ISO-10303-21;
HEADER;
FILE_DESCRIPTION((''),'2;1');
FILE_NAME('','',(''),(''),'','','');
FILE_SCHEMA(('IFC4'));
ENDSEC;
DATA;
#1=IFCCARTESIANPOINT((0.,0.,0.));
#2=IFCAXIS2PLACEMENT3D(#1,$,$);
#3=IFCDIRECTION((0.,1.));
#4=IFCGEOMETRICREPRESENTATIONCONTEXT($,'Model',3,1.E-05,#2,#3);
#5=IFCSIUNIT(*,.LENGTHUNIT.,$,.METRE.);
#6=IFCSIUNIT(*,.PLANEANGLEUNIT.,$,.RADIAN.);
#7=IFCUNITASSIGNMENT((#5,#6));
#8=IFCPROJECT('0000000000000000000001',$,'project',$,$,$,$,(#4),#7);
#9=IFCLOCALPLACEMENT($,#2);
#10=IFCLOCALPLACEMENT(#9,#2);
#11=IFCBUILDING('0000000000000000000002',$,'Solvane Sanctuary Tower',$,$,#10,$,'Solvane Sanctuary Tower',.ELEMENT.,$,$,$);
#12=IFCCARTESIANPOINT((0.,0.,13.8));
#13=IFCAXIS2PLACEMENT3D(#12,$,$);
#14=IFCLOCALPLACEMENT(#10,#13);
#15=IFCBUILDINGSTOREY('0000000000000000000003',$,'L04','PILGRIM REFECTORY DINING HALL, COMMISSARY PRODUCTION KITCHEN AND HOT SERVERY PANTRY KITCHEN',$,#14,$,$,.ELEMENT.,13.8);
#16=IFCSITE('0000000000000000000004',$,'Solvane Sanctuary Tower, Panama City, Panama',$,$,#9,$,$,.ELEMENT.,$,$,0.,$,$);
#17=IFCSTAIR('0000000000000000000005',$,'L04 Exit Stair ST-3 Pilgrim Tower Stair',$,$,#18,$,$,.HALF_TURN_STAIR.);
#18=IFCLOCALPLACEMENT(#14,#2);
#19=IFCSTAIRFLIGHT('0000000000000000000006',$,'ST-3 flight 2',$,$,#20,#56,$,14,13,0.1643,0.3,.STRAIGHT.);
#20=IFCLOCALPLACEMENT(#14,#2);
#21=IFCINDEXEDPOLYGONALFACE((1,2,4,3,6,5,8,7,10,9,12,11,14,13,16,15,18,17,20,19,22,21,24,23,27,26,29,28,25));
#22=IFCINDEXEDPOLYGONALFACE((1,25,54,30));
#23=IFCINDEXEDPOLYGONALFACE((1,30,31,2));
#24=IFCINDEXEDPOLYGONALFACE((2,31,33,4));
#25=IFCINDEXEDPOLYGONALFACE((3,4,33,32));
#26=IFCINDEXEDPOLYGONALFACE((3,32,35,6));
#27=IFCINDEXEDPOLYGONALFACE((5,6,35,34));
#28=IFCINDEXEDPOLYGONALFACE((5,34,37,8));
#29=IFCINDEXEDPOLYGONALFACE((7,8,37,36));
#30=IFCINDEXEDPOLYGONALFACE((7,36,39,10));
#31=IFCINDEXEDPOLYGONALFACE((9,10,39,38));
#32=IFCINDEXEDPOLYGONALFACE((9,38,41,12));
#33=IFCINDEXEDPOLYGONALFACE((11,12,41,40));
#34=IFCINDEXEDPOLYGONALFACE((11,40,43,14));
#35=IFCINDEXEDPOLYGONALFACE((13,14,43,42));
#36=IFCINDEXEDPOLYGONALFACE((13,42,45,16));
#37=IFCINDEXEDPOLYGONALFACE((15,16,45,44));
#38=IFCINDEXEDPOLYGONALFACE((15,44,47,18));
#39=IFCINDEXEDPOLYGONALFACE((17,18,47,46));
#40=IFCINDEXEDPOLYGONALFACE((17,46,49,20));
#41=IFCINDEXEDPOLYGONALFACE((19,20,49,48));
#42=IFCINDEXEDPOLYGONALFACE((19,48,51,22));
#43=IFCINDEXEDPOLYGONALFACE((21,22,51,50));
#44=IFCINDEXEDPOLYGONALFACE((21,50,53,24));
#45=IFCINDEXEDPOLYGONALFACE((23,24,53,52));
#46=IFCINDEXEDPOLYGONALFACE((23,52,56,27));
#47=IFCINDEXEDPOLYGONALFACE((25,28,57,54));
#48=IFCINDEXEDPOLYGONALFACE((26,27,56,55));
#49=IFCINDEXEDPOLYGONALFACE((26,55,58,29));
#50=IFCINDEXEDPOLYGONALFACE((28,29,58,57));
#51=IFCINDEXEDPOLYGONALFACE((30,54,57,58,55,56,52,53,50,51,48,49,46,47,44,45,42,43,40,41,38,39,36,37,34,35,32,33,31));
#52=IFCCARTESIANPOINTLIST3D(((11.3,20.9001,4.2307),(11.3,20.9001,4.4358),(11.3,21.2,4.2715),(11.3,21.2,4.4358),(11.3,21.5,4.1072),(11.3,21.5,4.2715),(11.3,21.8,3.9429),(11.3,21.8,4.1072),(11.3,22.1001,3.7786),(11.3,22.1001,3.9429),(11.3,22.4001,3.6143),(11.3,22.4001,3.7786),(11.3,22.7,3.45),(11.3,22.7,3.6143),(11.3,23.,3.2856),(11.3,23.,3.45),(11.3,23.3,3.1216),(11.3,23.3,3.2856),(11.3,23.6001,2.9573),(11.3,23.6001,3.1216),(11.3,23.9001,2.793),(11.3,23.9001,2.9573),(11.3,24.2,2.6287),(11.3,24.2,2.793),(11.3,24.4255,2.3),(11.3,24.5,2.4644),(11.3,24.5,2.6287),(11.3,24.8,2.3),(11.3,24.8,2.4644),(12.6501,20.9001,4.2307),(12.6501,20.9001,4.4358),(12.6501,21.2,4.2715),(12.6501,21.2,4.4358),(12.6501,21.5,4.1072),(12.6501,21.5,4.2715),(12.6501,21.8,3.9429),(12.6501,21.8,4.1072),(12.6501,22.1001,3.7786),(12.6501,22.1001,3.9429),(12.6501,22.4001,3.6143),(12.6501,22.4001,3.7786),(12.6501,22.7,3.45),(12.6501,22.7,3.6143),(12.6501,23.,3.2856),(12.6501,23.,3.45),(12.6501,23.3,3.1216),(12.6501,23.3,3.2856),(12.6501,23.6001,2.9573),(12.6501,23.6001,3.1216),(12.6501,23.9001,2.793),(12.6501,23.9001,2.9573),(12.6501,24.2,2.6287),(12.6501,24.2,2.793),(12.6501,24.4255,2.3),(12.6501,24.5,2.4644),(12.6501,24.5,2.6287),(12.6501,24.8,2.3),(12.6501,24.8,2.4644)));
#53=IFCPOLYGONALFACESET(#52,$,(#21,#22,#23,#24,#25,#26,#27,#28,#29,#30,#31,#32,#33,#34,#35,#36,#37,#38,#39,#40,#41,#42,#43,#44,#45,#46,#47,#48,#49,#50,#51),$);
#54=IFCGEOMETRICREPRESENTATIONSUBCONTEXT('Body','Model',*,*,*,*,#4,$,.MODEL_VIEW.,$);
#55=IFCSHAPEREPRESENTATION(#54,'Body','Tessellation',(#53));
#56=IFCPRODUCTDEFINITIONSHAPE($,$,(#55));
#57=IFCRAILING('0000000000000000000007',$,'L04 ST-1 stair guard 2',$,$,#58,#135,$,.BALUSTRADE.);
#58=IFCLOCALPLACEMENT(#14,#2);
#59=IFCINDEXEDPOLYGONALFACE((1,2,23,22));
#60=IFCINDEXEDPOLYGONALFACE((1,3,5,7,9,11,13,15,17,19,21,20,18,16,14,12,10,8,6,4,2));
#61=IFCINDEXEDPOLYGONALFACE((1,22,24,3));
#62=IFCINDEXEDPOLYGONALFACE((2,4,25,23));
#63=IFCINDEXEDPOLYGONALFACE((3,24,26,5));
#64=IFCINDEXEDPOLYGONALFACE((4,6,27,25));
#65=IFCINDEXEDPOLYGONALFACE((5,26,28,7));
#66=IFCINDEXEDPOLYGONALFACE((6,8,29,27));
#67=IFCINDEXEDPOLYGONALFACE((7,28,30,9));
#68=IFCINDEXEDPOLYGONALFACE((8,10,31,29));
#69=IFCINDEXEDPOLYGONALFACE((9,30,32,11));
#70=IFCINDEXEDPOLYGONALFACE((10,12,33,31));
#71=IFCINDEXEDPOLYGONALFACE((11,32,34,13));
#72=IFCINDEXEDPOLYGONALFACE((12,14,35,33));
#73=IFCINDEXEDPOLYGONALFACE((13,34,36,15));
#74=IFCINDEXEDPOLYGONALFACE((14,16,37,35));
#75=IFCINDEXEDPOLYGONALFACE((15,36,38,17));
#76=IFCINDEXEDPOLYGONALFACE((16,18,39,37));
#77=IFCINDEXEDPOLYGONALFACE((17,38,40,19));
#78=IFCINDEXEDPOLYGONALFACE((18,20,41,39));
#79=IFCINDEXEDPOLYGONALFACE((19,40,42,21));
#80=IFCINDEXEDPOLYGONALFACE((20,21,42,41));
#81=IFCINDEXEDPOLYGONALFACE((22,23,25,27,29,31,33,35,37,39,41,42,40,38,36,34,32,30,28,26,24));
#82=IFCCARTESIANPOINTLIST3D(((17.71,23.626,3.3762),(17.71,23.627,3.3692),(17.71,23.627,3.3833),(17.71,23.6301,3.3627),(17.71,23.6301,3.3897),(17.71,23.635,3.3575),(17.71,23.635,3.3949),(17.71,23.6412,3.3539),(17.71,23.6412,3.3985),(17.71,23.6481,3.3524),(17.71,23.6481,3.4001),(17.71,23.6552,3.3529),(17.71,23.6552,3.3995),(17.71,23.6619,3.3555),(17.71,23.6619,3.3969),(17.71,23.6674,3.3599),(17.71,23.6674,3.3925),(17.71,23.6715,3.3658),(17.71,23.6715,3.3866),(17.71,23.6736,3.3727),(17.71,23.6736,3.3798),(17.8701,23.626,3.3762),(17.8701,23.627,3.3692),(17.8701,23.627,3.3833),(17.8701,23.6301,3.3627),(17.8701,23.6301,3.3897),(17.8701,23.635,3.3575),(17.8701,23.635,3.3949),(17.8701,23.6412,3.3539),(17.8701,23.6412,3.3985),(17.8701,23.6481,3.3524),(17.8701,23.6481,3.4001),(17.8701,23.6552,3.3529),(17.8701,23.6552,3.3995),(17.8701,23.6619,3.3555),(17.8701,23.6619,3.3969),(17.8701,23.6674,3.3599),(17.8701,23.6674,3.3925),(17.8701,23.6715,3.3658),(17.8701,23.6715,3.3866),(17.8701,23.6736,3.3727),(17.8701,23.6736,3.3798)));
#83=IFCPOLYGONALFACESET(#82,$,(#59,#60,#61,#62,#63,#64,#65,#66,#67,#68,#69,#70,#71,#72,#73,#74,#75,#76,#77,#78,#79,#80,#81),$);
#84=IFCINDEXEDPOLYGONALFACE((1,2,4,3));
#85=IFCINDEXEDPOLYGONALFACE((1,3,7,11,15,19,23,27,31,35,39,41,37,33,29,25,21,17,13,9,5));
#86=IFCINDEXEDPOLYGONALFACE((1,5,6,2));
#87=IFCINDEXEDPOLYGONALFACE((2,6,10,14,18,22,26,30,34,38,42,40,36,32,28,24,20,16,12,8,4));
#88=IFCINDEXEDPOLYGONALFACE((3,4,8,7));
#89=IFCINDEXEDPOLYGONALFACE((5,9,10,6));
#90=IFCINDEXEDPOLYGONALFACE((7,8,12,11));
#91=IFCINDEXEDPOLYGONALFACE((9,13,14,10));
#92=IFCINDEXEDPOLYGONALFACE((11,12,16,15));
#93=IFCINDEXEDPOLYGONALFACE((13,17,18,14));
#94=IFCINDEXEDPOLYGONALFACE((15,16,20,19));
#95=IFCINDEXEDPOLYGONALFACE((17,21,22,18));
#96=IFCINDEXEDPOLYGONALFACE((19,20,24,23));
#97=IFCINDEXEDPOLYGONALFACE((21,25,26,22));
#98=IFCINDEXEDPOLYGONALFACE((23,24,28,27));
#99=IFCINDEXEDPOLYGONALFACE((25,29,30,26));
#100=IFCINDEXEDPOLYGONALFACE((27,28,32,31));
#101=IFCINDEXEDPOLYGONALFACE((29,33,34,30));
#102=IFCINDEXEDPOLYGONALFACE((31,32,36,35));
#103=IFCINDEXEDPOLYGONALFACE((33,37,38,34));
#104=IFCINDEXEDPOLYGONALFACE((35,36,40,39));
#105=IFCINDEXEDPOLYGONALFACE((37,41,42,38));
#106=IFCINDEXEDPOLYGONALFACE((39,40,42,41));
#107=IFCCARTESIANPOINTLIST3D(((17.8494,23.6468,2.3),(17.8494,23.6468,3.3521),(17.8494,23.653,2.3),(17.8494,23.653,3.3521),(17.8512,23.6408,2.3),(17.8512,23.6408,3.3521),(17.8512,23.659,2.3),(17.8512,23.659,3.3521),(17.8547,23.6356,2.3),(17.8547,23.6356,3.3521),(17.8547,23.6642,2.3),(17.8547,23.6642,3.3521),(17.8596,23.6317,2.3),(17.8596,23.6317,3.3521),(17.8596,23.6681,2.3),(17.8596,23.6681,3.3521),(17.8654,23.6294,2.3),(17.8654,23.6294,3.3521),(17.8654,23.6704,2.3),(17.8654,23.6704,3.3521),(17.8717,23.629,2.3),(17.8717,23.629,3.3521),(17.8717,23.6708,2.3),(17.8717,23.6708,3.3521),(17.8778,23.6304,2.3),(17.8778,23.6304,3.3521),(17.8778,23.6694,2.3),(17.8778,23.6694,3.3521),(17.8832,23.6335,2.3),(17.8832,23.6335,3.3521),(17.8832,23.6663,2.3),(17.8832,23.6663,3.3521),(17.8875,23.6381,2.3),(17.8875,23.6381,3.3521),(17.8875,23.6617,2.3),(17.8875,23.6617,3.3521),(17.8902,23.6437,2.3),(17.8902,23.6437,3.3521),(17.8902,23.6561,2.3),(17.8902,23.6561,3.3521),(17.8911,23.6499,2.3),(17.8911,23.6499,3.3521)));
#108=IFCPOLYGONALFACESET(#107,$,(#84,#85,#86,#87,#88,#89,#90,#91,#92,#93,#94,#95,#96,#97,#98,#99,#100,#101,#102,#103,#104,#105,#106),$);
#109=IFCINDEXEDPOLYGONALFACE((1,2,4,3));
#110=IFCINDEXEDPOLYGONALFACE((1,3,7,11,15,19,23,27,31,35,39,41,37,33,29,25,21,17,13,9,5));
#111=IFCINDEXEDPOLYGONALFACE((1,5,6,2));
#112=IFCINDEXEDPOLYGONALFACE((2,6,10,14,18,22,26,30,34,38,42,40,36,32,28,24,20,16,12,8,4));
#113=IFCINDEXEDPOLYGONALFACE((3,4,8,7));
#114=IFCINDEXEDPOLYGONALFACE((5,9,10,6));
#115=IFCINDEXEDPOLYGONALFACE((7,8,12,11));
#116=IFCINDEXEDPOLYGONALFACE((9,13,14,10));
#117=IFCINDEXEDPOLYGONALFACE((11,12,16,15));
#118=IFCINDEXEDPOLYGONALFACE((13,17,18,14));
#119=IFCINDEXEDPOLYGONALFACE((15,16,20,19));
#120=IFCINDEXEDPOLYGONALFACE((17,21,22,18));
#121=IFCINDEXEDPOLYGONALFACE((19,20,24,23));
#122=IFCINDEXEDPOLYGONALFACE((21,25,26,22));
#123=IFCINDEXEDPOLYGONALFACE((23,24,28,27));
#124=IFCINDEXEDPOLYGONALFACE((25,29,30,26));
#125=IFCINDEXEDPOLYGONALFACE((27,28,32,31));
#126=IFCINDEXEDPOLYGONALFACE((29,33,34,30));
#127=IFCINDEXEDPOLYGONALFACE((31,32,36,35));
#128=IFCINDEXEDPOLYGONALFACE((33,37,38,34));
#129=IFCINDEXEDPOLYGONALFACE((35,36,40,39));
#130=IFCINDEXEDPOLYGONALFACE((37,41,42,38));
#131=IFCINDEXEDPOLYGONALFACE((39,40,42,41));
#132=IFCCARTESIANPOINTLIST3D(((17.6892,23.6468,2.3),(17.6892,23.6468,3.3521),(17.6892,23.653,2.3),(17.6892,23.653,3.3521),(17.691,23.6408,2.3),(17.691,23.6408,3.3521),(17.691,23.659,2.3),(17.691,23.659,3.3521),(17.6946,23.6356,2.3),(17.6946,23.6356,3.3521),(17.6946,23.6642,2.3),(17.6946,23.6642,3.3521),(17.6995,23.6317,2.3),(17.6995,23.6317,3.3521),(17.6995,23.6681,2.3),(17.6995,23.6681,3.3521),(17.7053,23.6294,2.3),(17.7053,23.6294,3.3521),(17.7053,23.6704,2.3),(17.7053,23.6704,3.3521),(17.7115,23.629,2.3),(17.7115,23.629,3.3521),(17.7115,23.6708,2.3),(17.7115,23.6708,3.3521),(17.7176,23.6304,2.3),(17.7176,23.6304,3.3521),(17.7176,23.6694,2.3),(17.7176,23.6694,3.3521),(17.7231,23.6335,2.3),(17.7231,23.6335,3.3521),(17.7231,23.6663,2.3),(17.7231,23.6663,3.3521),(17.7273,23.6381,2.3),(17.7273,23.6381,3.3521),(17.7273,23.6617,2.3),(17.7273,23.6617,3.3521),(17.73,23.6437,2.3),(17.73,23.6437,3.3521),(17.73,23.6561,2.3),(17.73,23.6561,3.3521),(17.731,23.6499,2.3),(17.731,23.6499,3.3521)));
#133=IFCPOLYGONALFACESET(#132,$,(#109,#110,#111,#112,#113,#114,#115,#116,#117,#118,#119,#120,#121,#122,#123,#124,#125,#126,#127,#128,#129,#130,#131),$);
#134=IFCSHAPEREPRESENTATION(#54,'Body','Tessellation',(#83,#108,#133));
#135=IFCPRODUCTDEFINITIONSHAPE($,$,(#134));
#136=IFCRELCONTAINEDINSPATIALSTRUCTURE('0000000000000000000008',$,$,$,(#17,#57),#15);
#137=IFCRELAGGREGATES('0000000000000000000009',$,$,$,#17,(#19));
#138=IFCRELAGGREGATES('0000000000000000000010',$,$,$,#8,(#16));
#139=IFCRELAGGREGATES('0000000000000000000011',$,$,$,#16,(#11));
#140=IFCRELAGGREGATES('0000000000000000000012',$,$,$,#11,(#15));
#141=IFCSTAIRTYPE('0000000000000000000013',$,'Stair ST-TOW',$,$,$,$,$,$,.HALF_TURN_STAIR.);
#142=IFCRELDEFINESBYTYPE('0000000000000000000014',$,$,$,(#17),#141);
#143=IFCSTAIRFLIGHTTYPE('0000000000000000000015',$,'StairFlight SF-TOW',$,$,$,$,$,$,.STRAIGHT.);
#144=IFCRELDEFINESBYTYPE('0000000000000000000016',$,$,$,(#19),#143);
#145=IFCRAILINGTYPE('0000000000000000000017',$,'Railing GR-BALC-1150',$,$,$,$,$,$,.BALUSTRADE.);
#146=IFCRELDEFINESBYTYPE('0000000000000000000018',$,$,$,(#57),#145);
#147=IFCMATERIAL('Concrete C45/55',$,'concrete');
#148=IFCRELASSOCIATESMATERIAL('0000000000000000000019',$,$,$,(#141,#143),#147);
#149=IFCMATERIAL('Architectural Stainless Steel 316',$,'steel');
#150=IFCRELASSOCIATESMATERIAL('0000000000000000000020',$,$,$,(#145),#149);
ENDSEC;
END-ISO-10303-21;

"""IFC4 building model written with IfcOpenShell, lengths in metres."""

from ifc_helpers import new_model, si_unit, direction, frame, origin, origin_2d, place, context, subcontext, project, spatial, polyline, circle, outline, extrude, material, type_object, element, aggregate, save


model = new_model("IFC4")

# Units and contexts
model_context = context("Model", 3, precision=1e-05, world=origin(), true_north=direction((0.0, 1.0)))
body_context = subcontext(model_context, "Body", "Model", "MODEL_VIEW")
ifc_project = project(units=[si_unit("LENGTHUNIT", "METRE"), si_unit("PLANEANGLEUNIT", "RADIAN")], contexts=[model_context])

# Site, building, storey
site_placement = place(None, origin())
site = spatial("IfcSite", under=ifc_project, at=site_placement, Name="Solvane Sanctuary Tower, Panama City, Panama", CompositionType="ELEMENT", RefElevation=0.0)
building_placement = place(site_placement, origin())
building = spatial("IfcBuilding", under=site, at=building_placement, Name="Solvane Sanctuary Tower", LongName="Solvane Sanctuary Tower", CompositionType="ELEMENT")
storey_placement = place(building_placement, frame((0.0, 0.0, 13.8)))
storey = spatial("IfcBuildingStorey", under=building, at=storey_placement, Name="L04", Description="PILGRIM REFECTORY DINING HALL, COMMISSARY PRODUCTION KITCHEN AND HOT SERVERY PANTRY KITCHEN", CompositionType="ELEMENT", Elevation=13.8)

# Shared definitions
ifc_material_1 = material(Name="Concrete C45/55", Category="concrete")
stair_type = type_object("IfcStairType", Name="Stair ST-TOW", PredefinedType="HALF_TURN_STAIR", material=ifc_material_1)
stair_flight_type = type_object("IfcStairFlightType", Name="StairFlight SF-TOW", PredefinedType="STRAIGHT", material=ifc_material_1)

# Stair, stair flight
stair_1_placement = place(storey_placement, origin())
stair_1 = element("IfcStair", 1, at=stair_1_placement, inside=storey, type_object=stair_type, Name="L04 Exit Stair ST-3 Pilgrim Tower Stair", PredefinedType="HALF_TURN_STAIR")
stair_flight_1_placement = place(storey_placement, frame((11.9751, 24.8, 2.3), z_axis=(0.0, 0.0, 1.0), x_axis=(0.0, -1.0, 0.0)))
stair_flight_1 = element("IfcStairFlight", 2, at=stair_flight_1_placement, type_object=stair_flight_type, Name="ST-3 flight 2", NumberOfRisers=14, NumberOfTreads=13, PredefinedType="STRAIGHT", RiserHeight=0.1643, TreadLength=0.3, context=body_context, shape_type="SweptSolid", body=[
    extrude(outline(polyline([(0.0, 0.0), (0.0, 0.1643), (0.3, 0.1643), (0.3, 0.3286), (0.6001, 0.3286), (0.6001, 0.4929), (0.8999, 0.4929), (0.8999, 0.6572), (1.2, 0.6572), (1.2, 0.8215), (1.5, 0.8215), (1.5, 0.9856), (1.8, 0.9856), (1.8, 1.1499), (2.1001, 1.1499), (2.1001, 1.3142), (2.3999, 1.3142), (2.3999, 1.4785), (2.7, 1.4785), (2.7, 1.6428), (3.0, 1.6428), (3.0, 1.8071), (3.3, 1.8071), (3.3, 1.9714), (3.6001, 1.9714), (3.6001, 2.1357), (3.8999, 2.1357), (3.8999, 2.3), (3.8999, 1.9307), (0.3745, 0.0), (0.0, 0.0)])), frame((0.0, 0.675, 0.0), z_axis=(0.0, -1.0, 0.0), x_axis=(1.0, 0.0, 0.0)), (0.0, 0.0, 1.0), 1.3501),
])
aggregate(stair_1, [stair_flight_1])

# Railing
ifc_material_2 = material(Name="Architectural Stainless Steel 316", Category="steel")
railing_type_1 = type_object("IfcRailingType", Name="Railing GR-BALC-1150", PredefinedType="BALUSTRADE", material=ifc_material_2)
railing_1_placement = place(storey_placement, frame((17.8701, 23.6499, 2.3)))
element("IfcRailing", 3, at=railing_1_placement, inside=storey, type_object=railing_type_1, Name="L04 ST-1 stair guard 2", PredefinedType="BALUSTRADE", context=body_context, shape_type="SweptSolid", body=[
    extrude(circle(Radius=0.0239, at=origin_2d()), frame((0.0, 0.0, 1.0762), z_axis=(-1.0, 0.0, 0.0), x_axis=(0.0, -1.0, 0.0)), (0.0, 0.0, 1.0), 0.1602),
    extrude(circle(Radius=0.021, at=origin_2d()), origin(), (0.0, 0.0, 1.0), 1.052),
    extrude(circle(Radius=0.021, at=origin_2d()), frame((-0.1602, 0.0, 0.0)), (0.0, 0.0, 1.0), 1.052),
])

save(model, "model.ifc")
